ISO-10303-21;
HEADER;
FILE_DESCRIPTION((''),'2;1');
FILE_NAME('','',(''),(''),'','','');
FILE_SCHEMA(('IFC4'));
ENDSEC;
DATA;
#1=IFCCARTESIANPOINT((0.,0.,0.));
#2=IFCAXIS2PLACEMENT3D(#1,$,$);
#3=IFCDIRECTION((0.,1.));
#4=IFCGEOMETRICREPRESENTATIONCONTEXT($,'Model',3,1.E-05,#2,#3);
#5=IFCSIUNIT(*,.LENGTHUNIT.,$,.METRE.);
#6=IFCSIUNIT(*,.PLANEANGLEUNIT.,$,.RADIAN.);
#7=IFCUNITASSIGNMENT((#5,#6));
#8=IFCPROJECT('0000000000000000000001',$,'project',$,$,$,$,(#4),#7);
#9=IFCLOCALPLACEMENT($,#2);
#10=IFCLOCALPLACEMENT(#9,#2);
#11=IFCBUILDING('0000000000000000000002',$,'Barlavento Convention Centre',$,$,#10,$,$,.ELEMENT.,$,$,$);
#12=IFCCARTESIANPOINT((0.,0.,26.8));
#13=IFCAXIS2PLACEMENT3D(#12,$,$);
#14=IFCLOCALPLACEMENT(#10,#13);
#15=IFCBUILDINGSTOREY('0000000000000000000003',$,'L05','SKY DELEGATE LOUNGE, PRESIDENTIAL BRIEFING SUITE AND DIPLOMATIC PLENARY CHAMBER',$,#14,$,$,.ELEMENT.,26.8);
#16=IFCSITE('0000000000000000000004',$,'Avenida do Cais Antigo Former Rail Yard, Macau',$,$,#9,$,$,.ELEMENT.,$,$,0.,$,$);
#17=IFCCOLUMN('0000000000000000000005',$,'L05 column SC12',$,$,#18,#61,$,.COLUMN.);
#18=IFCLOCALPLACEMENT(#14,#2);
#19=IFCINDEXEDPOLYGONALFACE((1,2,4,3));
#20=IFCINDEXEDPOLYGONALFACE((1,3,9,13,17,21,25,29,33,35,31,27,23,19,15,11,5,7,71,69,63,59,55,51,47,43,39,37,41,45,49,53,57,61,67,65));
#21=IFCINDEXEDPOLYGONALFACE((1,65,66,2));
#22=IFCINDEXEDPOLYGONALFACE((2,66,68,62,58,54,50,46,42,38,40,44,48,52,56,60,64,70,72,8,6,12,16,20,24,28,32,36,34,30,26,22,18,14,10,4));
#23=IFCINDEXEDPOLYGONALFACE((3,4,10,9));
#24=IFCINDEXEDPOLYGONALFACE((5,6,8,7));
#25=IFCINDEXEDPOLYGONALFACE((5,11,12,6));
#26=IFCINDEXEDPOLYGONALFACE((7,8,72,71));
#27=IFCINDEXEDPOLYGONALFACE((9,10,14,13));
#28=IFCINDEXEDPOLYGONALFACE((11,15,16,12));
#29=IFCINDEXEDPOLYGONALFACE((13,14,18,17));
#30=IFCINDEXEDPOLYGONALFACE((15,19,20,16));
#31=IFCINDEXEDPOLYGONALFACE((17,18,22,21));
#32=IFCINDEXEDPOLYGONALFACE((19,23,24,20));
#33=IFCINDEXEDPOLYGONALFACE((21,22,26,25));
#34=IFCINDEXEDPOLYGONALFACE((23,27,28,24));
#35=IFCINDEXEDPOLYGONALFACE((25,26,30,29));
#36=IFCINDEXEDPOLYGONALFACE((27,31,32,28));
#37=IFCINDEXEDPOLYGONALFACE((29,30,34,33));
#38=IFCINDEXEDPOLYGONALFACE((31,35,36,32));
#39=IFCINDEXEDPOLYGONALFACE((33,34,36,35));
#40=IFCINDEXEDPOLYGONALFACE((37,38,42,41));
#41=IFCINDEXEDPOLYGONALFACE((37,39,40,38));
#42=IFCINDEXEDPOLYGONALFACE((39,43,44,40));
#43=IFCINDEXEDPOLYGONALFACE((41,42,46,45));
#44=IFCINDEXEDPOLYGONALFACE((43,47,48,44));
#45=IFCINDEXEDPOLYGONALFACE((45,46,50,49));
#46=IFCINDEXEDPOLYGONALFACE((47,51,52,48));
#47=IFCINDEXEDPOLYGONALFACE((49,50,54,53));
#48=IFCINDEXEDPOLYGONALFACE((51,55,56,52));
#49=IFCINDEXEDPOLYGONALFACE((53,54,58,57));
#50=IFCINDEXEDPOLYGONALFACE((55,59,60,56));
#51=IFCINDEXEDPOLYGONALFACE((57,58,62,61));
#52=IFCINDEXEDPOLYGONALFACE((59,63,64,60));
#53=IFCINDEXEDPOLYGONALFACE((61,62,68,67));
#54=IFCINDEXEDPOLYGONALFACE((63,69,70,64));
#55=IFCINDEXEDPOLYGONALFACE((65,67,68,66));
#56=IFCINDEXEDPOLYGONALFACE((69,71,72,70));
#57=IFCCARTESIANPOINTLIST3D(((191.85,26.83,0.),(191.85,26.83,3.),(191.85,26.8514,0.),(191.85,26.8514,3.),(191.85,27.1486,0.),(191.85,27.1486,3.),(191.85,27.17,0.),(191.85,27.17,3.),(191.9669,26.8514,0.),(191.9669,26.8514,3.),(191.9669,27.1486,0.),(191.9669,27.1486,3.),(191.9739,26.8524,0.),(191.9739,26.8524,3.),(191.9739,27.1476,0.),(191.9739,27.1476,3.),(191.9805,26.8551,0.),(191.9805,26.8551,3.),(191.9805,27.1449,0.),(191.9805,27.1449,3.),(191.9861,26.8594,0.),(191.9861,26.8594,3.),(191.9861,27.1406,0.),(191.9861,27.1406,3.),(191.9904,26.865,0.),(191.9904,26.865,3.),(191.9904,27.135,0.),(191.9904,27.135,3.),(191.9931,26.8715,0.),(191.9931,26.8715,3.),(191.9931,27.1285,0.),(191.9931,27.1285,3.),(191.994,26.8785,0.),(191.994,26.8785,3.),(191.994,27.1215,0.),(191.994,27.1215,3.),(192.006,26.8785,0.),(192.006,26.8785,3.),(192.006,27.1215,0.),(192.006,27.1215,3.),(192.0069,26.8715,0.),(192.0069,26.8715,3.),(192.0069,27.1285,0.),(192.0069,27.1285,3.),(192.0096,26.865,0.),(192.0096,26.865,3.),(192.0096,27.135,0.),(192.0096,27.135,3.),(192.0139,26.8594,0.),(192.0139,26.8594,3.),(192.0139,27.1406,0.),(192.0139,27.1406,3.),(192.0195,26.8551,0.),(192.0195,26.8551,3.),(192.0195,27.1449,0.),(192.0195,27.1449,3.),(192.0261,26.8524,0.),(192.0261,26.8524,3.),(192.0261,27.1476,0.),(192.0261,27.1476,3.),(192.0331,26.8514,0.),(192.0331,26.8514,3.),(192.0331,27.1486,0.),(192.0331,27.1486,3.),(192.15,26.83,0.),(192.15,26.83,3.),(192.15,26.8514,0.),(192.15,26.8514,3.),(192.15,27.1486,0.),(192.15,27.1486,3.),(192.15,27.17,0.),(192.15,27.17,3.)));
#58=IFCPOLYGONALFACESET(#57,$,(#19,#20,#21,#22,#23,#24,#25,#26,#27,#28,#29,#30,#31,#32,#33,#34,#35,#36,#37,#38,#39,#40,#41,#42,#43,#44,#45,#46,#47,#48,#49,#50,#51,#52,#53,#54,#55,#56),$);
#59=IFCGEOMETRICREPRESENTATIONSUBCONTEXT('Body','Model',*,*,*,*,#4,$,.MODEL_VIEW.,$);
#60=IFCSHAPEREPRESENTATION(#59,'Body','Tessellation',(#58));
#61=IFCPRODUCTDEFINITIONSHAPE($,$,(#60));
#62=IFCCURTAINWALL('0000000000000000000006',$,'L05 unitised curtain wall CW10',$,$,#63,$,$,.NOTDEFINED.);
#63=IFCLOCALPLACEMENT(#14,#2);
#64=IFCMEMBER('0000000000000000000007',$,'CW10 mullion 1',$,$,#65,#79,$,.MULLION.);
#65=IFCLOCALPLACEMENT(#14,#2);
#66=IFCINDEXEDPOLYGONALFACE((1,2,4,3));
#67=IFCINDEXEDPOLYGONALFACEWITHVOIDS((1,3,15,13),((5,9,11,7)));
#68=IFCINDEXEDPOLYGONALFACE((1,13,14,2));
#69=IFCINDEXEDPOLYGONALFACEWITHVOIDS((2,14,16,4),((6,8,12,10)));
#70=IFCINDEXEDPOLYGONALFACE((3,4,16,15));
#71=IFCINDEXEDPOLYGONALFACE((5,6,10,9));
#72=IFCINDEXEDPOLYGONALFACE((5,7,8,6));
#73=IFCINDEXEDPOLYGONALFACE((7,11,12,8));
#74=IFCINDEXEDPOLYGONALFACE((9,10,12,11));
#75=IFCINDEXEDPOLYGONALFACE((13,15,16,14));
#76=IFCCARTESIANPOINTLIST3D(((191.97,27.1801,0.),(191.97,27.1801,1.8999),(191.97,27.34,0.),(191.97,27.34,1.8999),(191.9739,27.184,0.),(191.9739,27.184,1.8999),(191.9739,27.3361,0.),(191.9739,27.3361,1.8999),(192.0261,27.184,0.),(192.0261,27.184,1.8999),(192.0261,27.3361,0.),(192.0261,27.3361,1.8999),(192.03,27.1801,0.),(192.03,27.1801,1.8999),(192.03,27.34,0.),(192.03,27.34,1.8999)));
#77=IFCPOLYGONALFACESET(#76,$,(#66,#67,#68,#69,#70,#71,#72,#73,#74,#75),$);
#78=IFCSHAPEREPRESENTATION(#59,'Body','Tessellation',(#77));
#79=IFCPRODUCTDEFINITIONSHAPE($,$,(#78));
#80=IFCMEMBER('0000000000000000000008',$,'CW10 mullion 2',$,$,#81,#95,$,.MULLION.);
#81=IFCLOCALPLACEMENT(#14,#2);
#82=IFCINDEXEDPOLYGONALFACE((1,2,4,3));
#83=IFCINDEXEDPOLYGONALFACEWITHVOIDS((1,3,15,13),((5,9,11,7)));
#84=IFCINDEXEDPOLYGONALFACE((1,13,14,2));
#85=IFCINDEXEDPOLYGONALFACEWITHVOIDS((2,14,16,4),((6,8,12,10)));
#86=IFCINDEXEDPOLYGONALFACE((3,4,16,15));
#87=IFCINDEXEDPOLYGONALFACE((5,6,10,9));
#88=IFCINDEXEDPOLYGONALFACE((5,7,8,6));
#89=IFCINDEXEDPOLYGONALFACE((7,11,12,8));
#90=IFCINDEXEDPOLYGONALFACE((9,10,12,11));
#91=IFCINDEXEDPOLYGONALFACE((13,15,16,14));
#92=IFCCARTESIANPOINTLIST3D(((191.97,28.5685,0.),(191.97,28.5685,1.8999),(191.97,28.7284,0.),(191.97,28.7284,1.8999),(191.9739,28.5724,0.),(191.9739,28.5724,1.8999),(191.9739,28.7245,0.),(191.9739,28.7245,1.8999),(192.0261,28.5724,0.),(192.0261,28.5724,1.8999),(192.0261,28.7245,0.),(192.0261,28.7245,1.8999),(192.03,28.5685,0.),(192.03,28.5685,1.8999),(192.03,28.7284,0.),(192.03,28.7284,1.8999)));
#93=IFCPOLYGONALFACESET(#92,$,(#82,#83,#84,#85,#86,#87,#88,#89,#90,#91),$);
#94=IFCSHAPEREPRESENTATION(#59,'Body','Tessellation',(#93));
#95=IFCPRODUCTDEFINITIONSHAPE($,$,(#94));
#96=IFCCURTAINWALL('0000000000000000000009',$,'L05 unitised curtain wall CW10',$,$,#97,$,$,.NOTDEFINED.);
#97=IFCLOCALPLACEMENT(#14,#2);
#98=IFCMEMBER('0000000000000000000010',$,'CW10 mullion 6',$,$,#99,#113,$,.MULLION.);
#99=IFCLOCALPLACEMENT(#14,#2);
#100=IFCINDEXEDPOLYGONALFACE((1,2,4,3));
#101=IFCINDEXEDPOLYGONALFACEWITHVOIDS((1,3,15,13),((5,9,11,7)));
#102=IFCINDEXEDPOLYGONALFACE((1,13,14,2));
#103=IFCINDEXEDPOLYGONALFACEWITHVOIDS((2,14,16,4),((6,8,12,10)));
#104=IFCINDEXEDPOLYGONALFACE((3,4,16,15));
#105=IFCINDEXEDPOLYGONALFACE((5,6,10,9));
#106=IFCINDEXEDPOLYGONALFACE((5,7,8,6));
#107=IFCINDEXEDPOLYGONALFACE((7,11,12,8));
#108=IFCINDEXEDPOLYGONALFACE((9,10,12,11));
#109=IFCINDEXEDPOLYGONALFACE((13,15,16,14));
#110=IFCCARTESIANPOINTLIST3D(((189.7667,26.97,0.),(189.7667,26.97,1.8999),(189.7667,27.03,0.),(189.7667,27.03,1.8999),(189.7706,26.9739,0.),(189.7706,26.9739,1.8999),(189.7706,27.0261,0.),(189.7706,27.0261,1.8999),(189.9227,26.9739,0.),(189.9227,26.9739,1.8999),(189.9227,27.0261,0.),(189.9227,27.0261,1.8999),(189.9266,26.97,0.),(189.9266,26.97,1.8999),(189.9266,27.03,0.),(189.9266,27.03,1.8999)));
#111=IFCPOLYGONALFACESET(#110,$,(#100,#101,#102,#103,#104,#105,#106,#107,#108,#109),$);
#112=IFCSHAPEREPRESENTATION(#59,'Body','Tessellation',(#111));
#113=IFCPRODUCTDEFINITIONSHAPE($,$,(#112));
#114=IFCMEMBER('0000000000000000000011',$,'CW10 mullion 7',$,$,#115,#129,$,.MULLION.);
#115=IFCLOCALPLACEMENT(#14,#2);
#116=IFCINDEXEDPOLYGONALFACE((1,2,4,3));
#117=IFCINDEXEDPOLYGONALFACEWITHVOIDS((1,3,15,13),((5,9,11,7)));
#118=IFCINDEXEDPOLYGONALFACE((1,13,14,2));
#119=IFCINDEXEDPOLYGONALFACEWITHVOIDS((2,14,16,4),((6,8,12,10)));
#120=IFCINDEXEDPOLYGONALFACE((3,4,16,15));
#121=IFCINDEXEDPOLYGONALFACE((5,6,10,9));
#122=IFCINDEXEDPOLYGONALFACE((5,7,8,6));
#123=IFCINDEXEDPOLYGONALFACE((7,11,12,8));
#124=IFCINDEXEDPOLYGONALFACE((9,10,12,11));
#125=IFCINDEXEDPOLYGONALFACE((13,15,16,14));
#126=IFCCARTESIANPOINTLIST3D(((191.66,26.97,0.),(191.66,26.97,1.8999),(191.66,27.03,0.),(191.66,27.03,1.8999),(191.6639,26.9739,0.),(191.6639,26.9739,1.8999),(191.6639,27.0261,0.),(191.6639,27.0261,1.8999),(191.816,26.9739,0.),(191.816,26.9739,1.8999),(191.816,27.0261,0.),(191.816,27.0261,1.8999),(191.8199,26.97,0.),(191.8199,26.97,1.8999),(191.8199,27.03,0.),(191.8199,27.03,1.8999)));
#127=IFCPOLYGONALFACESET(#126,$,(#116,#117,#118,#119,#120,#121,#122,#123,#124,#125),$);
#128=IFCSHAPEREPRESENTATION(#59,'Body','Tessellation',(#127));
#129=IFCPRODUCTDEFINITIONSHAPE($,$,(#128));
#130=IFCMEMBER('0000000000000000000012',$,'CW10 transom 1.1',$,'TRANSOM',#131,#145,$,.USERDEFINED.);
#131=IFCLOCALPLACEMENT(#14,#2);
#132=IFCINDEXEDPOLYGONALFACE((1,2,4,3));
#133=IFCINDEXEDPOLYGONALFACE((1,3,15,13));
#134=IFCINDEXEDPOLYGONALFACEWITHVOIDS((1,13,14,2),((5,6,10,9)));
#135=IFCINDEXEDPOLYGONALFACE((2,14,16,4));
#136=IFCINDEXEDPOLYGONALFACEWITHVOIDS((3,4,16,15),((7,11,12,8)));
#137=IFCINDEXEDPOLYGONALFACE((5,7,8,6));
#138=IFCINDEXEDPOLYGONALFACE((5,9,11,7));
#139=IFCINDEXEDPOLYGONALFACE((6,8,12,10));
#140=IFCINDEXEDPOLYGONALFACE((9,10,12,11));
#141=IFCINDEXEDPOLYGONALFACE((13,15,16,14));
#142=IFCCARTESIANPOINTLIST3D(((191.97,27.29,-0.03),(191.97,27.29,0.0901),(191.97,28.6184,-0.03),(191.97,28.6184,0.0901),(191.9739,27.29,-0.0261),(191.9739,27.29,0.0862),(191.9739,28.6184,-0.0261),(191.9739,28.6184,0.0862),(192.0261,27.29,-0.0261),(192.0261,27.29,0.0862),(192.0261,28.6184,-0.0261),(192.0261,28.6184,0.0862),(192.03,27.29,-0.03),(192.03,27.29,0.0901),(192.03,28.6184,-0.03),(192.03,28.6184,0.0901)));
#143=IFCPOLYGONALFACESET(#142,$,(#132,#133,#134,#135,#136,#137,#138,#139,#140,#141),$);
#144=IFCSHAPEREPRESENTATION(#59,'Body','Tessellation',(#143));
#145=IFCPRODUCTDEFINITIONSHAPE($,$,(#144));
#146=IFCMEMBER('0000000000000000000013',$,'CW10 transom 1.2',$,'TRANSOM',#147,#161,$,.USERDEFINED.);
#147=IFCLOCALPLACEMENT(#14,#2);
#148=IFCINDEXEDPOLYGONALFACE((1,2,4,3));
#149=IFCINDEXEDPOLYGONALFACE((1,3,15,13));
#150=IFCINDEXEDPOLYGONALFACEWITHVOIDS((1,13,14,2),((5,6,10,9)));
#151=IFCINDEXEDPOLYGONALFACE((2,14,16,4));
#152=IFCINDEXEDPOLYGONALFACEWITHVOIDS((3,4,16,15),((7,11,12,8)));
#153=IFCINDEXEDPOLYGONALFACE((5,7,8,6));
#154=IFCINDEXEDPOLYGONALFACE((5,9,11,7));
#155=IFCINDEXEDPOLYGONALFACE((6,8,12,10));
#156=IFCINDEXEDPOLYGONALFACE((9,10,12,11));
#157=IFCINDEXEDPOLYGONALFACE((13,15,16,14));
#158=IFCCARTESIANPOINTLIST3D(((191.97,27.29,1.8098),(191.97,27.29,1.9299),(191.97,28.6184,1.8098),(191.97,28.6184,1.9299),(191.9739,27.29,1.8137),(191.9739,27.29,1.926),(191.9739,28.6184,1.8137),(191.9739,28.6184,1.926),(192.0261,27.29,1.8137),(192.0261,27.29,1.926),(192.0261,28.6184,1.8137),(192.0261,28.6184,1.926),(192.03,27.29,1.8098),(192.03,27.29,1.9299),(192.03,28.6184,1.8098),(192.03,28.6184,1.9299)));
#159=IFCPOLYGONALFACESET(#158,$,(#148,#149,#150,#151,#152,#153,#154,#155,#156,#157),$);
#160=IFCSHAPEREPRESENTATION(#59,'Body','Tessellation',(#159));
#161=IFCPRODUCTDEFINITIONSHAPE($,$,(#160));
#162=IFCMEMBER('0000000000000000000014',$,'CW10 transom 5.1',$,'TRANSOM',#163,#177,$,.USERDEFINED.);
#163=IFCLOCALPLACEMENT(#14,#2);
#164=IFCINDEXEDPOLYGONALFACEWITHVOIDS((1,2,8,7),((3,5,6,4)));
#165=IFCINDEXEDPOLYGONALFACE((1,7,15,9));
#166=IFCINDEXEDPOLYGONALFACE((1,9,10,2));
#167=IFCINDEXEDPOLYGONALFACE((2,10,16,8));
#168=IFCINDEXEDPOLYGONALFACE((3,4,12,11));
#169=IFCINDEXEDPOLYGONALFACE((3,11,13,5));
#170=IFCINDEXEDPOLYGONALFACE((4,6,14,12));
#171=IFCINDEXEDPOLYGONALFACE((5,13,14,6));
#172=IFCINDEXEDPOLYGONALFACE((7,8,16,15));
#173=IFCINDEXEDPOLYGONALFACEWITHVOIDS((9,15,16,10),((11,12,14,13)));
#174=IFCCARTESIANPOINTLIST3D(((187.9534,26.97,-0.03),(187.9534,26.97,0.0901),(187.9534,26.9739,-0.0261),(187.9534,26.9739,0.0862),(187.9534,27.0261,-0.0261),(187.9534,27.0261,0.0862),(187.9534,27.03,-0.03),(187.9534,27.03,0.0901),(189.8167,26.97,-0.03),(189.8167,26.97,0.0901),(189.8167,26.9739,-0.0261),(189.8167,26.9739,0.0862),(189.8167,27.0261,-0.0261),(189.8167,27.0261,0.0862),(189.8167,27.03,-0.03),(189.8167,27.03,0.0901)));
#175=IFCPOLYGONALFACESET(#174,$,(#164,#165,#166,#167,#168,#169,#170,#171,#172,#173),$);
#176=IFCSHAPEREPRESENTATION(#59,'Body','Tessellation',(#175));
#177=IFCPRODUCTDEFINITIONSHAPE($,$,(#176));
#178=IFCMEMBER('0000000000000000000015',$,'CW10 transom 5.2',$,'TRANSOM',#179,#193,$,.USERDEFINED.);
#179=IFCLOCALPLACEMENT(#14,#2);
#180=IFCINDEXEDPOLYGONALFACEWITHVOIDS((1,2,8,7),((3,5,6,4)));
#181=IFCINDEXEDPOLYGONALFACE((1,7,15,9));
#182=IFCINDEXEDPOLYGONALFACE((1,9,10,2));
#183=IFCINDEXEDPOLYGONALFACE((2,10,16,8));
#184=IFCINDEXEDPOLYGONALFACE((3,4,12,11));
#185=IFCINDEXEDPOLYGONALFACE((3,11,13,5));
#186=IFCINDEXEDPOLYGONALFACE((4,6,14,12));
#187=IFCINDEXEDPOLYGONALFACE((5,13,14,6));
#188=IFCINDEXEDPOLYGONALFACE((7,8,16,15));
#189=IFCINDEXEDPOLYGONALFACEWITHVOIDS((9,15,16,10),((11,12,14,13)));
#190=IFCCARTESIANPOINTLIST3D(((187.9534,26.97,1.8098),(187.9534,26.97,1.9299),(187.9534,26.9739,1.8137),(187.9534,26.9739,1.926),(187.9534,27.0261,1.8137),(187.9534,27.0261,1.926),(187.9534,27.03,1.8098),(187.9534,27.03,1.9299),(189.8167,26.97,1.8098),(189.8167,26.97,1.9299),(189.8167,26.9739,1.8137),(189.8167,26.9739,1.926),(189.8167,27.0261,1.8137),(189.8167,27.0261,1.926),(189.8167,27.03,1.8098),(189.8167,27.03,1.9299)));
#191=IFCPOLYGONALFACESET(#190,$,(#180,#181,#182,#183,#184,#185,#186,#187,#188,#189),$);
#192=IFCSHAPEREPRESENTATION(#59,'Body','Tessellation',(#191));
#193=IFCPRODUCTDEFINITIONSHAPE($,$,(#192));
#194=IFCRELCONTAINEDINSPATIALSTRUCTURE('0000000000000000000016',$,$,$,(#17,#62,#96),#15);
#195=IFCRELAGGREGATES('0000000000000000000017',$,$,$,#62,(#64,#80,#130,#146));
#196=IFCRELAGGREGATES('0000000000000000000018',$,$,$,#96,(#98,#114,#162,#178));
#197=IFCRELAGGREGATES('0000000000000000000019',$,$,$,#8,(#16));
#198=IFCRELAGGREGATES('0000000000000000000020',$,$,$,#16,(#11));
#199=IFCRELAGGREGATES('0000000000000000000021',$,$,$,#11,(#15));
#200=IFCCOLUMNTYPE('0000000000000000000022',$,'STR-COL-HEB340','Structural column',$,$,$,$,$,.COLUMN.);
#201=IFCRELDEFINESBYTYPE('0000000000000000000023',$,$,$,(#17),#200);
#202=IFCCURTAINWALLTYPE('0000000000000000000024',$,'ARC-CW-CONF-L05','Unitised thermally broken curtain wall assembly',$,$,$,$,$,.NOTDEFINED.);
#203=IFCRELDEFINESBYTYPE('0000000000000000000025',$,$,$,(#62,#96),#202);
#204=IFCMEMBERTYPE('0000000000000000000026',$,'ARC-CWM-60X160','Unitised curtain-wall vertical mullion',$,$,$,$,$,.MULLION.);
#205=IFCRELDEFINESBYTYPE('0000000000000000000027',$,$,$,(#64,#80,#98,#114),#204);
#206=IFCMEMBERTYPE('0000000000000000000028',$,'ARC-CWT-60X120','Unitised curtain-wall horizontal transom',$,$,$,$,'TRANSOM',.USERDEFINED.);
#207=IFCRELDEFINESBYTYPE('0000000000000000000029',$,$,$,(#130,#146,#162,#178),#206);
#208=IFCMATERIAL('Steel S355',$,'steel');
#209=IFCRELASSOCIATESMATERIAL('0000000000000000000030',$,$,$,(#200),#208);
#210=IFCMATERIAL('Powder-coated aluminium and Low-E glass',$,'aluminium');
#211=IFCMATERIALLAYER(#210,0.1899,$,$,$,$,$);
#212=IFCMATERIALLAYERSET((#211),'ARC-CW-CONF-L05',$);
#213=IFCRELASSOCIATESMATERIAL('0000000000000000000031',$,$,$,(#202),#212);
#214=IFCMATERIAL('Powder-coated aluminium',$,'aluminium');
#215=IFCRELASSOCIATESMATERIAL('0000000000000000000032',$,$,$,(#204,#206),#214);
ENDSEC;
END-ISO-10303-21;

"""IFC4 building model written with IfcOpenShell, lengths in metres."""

from ifc_helpers import new_model, si_unit, direction, frame, origin, origin_2d, place, context, subcontext, project, spatial, hollow_rectangle, i_section, extrude, material, layer, layer_set, material_profile, profile_set, type_object, element, aggregate, save


model = new_model("IFC4")

# Units and contexts
model_context = context("Model", 3, precision=1e-05, world=origin(), true_north=direction((0.0, 1.0)))
body_context = subcontext(model_context, "Body", "Model", "MODEL_VIEW")
ifc_project = project(units=[si_unit("LENGTHUNIT", "METRE"), si_unit("PLANEANGLEUNIT", "RADIAN")], contexts=[model_context])

# Site, building, storey
site_placement = place(None, origin())
site = spatial("IfcSite", under=ifc_project, at=site_placement, Name="Avenida do Cais Antigo Former Rail Yard, Macau", CompositionType="ELEMENT", RefElevation=0.0)
building_placement = place(site_placement, origin())
building = spatial("IfcBuilding", under=site, at=building_placement, Name="Barlavento Convention Centre", CompositionType="ELEMENT")
storey_placement = place(building_placement, frame((0.0, 0.0, 26.8)))
storey = spatial("IfcBuildingStorey", under=building, at=storey_placement, Name="L05", Description="SKY DELEGATE LOUNGE, PRESIDENTIAL BRIEFING SUITE AND DIPLOMATIC PLENARY CHAMBER", CompositionType="ELEMENT", Elevation=26.8)

# Column
ifc_material_1 = material(Name="Steel S355", Category="steel")
ifc_material_profile_1 = material_profile(ifc_material_1, i_section(OverallWidth=0.3, OverallDepth=0.3401, WebThickness=0.012, FlangeThickness=0.0215, FilletRadius=0.0271, at=origin_2d()), Name="HEB 340")
ifc_profile_set_1 = profile_set([ifc_material_profile_1], Name="Steel S355")
column_type = type_object("IfcColumnType", Name="STR-COL-HEB340", Description="Structural column", PredefinedType="COLUMN", material=ifc_profile_set_1)
column_placement = place(storey_placement, frame((192.0, 27.0, 0.0), z_axis=(0.0, 0.0, 1.0), x_axis=(1.0, 0.0, 0.0)))
element("IfcColumn", 1, at=column_placement, inside=storey, type_object=column_type, Name="L05 column SC12", PredefinedType="COLUMN", context=body_context, shape_type="SweptSolid", body=[
    extrude(i_section(OverallWidth=0.3, OverallDepth=0.3401, WebThickness=0.012, FlangeThickness=0.0215, FilletRadius=0.0271, at=origin_2d()), origin(), (0.0, 0.0, 1.0), 3.0),
])

# Curtain walls, members
ifc_material_2 = material(Name="Powder-coated aluminium and Low-E glass", Category="aluminium")
ifc_layer_1 = layer(ifc_material_2, 0.1899)
ifc_layer_set_1 = layer_set([ifc_layer_1], Name="ARC-CW-CONF-L05")
curtain_wall_type = type_object("IfcCurtainWallType", Name="ARC-CW-CONF-L05", Description="Unitised thermally broken curtain wall assembly", PredefinedType="NOTDEFINED", material=ifc_layer_set_1)
curtain_wall_1_placement = place(storey_placement, origin())
curtain_wall_1 = element("IfcCurtainWall", 2, at=curtain_wall_1_placement, inside=storey, type_object=curtain_wall_type, Name="L05 unitised curtain wall CW10", PredefinedType="NOTDEFINED")
ifc_material_3 = material(Name="Powder-coated aluminium", Category="aluminium")
ifc_material_profile_2 = material_profile(ifc_material_3, hollow_rectangle(XDim=0.0601, YDim=0.1599, WallThickness=0.0039, at=origin_2d()), Name="AL-MULL 60x160x4")
ifc_profile_set_2 = profile_set([ifc_material_profile_2], Name="Powder-coated aluminium")
member_type_1 = type_object("IfcMemberType", Name="ARC-CWM-60X160", Description="Unitised curtain-wall vertical mullion", PredefinedType="MULLION", material=ifc_profile_set_2)
member_1_placement = place(storey_placement, frame((192.0, 27.26, 0.0), z_axis=(0.0, 0.0, 1.0), x_axis=(-1.0, 0.0, 0.0)))
member_1 = element("IfcMember", 3, at=member_1_placement, type_object=member_type_1, Name="CW10 mullion 1", PredefinedType="MULLION", context=body_context, shape_type="SweptSolid", body=[
    extrude(hollow_rectangle(XDim=0.0601, YDim=0.1599, WallThickness=0.0039, at=origin_2d()), origin(), (0.0, 0.0, 1.0), 1.8999),
])
member_2_placement = place(storey_placement, frame((192.0, 28.6484, 0.0), z_axis=(0.0, 0.0, 1.0), x_axis=(-1.0, 0.0, 0.0)))
member_2 = element("IfcMember", 4, at=member_2_placement, type_object=member_type_1, Name="CW10 mullion 2", PredefinedType="MULLION", context=body_context, shape_type="SweptSolid", body=[
    extrude(hollow_rectangle(XDim=0.0601, YDim=0.1599, WallThickness=0.0039, at=origin_2d()), origin(), (0.0, 0.0, 1.0), 1.8999),
])
curtain_wall_2_placement = place(storey_placement, origin())
curtain_wall_2 = element("IfcCurtainWall", 5, at=curtain_wall_2_placement, inside=storey, type_object=curtain_wall_type, Name="L05 unitised curtain wall CW10", PredefinedType="NOTDEFINED")
member_3_placement = place(storey_placement, frame((189.8467, 27.0, 0.0), z_axis=(0.0, 0.0, 1.0), x_axis=(0.0, 1.0, 0.0)))
member_3 = element("IfcMember", 6, at=member_3_placement, type_object=member_type_1, Name="CW10 mullion 6", PredefinedType="MULLION", context=body_context, shape_type="SweptSolid", body=[
    extrude(hollow_rectangle(XDim=0.0601, YDim=0.1599, WallThickness=0.0039, at=origin_2d()), origin(), (0.0, 0.0, 1.0), 1.8999),
])
member_4_placement = place(storey_placement, frame((191.74, 27.0, 0.0), z_axis=(0.0, 0.0, 1.0), x_axis=(0.0, 1.0, 0.0)))
member_4 = element("IfcMember", 7, at=member_4_placement, type_object=member_type_1, Name="CW10 mullion 7", PredefinedType="MULLION", context=body_context, shape_type="SweptSolid", body=[
    extrude(hollow_rectangle(XDim=0.0601, YDim=0.1599, WallThickness=0.0039, at=origin_2d()), origin(), (0.0, 0.0, 1.0), 1.8999),
])

# Members
ifc_material_profile_3 = material_profile(ifc_material_3, hollow_rectangle(XDim=0.0601, YDim=0.1201, WallThickness=0.0039, at=origin_2d()), Name="AL-TRAN 60x120x4")
ifc_profile_set_3 = profile_set([ifc_material_profile_3], Name="Powder-coated aluminium")
member_type_2 = type_object("IfcMemberType", Name="ARC-CWT-60X120", Description="Unitised curtain-wall horizontal transom", ElementType="TRANSOM", PredefinedType="USERDEFINED", material=ifc_profile_set_3)
member_5_placement = place(storey_placement, frame((192.0, 27.29, 0.03), z_axis=(0.0, 1.0, 0.0), x_axis=(-1.0, 0.0, 0.0)))
member_5 = element("IfcMember", 8, at=member_5_placement, type_object=member_type_2, Name="CW10 transom 1.1", ObjectType="TRANSOM", PredefinedType="USERDEFINED", context=body_context, shape_type="SweptSolid", body=[
    extrude(hollow_rectangle(XDim=0.0601, YDim=0.1201, WallThickness=0.0039, at=origin_2d()), origin(), (0.0, 0.0, 1.0), 1.3284),
])
member_6_placement = place(storey_placement, frame((192.0, 27.29, 1.8699), z_axis=(0.0, 1.0, 0.0), x_axis=(-1.0, 0.0, 0.0)))
member_6 = element("IfcMember", 9, at=member_6_placement, type_object=member_type_2, Name="CW10 transom 1.2", ObjectType="TRANSOM", PredefinedType="USERDEFINED", context=body_context, shape_type="SweptSolid", body=[
    extrude(hollow_rectangle(XDim=0.0601, YDim=0.1201, WallThickness=0.0039, at=origin_2d()), origin(), (0.0, 0.0, 1.0), 1.3284),
])
member_7_placement = place(storey_placement, frame((187.9534, 27.0, 0.03), z_axis=(1.0, 0.0, 0.0), x_axis=(0.0, 1.0, 0.0)))
member_7 = element("IfcMember", 10, at=member_7_placement, type_object=member_type_2, Name="CW10 transom 5.1", ObjectType="TRANSOM", PredefinedType="USERDEFINED", context=body_context, shape_type="SweptSolid", body=[
    extrude(hollow_rectangle(XDim=0.0601, YDim=0.1201, WallThickness=0.0039, at=origin_2d()), origin(), (0.0, 0.0, 1.0), 1.8633),
])
member_8_placement = place(storey_placement, frame((187.9534, 27.0, 1.8699), z_axis=(1.0, 0.0, 0.0), x_axis=(0.0, 1.0, 0.0)))
member_8 = element("IfcMember", 11, at=member_8_placement, type_object=member_type_2, Name="CW10 transom 5.2", ObjectType="TRANSOM", PredefinedType="USERDEFINED", context=body_context, shape_type="SweptSolid", body=[
    extrude(hollow_rectangle(XDim=0.0601, YDim=0.1201, WallThickness=0.0039, at=origin_2d()), origin(), (0.0, 0.0, 1.0), 1.8633),
])

aggregate(curtain_wall_1, [member_1, member_2, member_5, member_6])
aggregate(curtain_wall_2, [member_3, member_4, member_7, member_8])

save(model, "model.ifc")
